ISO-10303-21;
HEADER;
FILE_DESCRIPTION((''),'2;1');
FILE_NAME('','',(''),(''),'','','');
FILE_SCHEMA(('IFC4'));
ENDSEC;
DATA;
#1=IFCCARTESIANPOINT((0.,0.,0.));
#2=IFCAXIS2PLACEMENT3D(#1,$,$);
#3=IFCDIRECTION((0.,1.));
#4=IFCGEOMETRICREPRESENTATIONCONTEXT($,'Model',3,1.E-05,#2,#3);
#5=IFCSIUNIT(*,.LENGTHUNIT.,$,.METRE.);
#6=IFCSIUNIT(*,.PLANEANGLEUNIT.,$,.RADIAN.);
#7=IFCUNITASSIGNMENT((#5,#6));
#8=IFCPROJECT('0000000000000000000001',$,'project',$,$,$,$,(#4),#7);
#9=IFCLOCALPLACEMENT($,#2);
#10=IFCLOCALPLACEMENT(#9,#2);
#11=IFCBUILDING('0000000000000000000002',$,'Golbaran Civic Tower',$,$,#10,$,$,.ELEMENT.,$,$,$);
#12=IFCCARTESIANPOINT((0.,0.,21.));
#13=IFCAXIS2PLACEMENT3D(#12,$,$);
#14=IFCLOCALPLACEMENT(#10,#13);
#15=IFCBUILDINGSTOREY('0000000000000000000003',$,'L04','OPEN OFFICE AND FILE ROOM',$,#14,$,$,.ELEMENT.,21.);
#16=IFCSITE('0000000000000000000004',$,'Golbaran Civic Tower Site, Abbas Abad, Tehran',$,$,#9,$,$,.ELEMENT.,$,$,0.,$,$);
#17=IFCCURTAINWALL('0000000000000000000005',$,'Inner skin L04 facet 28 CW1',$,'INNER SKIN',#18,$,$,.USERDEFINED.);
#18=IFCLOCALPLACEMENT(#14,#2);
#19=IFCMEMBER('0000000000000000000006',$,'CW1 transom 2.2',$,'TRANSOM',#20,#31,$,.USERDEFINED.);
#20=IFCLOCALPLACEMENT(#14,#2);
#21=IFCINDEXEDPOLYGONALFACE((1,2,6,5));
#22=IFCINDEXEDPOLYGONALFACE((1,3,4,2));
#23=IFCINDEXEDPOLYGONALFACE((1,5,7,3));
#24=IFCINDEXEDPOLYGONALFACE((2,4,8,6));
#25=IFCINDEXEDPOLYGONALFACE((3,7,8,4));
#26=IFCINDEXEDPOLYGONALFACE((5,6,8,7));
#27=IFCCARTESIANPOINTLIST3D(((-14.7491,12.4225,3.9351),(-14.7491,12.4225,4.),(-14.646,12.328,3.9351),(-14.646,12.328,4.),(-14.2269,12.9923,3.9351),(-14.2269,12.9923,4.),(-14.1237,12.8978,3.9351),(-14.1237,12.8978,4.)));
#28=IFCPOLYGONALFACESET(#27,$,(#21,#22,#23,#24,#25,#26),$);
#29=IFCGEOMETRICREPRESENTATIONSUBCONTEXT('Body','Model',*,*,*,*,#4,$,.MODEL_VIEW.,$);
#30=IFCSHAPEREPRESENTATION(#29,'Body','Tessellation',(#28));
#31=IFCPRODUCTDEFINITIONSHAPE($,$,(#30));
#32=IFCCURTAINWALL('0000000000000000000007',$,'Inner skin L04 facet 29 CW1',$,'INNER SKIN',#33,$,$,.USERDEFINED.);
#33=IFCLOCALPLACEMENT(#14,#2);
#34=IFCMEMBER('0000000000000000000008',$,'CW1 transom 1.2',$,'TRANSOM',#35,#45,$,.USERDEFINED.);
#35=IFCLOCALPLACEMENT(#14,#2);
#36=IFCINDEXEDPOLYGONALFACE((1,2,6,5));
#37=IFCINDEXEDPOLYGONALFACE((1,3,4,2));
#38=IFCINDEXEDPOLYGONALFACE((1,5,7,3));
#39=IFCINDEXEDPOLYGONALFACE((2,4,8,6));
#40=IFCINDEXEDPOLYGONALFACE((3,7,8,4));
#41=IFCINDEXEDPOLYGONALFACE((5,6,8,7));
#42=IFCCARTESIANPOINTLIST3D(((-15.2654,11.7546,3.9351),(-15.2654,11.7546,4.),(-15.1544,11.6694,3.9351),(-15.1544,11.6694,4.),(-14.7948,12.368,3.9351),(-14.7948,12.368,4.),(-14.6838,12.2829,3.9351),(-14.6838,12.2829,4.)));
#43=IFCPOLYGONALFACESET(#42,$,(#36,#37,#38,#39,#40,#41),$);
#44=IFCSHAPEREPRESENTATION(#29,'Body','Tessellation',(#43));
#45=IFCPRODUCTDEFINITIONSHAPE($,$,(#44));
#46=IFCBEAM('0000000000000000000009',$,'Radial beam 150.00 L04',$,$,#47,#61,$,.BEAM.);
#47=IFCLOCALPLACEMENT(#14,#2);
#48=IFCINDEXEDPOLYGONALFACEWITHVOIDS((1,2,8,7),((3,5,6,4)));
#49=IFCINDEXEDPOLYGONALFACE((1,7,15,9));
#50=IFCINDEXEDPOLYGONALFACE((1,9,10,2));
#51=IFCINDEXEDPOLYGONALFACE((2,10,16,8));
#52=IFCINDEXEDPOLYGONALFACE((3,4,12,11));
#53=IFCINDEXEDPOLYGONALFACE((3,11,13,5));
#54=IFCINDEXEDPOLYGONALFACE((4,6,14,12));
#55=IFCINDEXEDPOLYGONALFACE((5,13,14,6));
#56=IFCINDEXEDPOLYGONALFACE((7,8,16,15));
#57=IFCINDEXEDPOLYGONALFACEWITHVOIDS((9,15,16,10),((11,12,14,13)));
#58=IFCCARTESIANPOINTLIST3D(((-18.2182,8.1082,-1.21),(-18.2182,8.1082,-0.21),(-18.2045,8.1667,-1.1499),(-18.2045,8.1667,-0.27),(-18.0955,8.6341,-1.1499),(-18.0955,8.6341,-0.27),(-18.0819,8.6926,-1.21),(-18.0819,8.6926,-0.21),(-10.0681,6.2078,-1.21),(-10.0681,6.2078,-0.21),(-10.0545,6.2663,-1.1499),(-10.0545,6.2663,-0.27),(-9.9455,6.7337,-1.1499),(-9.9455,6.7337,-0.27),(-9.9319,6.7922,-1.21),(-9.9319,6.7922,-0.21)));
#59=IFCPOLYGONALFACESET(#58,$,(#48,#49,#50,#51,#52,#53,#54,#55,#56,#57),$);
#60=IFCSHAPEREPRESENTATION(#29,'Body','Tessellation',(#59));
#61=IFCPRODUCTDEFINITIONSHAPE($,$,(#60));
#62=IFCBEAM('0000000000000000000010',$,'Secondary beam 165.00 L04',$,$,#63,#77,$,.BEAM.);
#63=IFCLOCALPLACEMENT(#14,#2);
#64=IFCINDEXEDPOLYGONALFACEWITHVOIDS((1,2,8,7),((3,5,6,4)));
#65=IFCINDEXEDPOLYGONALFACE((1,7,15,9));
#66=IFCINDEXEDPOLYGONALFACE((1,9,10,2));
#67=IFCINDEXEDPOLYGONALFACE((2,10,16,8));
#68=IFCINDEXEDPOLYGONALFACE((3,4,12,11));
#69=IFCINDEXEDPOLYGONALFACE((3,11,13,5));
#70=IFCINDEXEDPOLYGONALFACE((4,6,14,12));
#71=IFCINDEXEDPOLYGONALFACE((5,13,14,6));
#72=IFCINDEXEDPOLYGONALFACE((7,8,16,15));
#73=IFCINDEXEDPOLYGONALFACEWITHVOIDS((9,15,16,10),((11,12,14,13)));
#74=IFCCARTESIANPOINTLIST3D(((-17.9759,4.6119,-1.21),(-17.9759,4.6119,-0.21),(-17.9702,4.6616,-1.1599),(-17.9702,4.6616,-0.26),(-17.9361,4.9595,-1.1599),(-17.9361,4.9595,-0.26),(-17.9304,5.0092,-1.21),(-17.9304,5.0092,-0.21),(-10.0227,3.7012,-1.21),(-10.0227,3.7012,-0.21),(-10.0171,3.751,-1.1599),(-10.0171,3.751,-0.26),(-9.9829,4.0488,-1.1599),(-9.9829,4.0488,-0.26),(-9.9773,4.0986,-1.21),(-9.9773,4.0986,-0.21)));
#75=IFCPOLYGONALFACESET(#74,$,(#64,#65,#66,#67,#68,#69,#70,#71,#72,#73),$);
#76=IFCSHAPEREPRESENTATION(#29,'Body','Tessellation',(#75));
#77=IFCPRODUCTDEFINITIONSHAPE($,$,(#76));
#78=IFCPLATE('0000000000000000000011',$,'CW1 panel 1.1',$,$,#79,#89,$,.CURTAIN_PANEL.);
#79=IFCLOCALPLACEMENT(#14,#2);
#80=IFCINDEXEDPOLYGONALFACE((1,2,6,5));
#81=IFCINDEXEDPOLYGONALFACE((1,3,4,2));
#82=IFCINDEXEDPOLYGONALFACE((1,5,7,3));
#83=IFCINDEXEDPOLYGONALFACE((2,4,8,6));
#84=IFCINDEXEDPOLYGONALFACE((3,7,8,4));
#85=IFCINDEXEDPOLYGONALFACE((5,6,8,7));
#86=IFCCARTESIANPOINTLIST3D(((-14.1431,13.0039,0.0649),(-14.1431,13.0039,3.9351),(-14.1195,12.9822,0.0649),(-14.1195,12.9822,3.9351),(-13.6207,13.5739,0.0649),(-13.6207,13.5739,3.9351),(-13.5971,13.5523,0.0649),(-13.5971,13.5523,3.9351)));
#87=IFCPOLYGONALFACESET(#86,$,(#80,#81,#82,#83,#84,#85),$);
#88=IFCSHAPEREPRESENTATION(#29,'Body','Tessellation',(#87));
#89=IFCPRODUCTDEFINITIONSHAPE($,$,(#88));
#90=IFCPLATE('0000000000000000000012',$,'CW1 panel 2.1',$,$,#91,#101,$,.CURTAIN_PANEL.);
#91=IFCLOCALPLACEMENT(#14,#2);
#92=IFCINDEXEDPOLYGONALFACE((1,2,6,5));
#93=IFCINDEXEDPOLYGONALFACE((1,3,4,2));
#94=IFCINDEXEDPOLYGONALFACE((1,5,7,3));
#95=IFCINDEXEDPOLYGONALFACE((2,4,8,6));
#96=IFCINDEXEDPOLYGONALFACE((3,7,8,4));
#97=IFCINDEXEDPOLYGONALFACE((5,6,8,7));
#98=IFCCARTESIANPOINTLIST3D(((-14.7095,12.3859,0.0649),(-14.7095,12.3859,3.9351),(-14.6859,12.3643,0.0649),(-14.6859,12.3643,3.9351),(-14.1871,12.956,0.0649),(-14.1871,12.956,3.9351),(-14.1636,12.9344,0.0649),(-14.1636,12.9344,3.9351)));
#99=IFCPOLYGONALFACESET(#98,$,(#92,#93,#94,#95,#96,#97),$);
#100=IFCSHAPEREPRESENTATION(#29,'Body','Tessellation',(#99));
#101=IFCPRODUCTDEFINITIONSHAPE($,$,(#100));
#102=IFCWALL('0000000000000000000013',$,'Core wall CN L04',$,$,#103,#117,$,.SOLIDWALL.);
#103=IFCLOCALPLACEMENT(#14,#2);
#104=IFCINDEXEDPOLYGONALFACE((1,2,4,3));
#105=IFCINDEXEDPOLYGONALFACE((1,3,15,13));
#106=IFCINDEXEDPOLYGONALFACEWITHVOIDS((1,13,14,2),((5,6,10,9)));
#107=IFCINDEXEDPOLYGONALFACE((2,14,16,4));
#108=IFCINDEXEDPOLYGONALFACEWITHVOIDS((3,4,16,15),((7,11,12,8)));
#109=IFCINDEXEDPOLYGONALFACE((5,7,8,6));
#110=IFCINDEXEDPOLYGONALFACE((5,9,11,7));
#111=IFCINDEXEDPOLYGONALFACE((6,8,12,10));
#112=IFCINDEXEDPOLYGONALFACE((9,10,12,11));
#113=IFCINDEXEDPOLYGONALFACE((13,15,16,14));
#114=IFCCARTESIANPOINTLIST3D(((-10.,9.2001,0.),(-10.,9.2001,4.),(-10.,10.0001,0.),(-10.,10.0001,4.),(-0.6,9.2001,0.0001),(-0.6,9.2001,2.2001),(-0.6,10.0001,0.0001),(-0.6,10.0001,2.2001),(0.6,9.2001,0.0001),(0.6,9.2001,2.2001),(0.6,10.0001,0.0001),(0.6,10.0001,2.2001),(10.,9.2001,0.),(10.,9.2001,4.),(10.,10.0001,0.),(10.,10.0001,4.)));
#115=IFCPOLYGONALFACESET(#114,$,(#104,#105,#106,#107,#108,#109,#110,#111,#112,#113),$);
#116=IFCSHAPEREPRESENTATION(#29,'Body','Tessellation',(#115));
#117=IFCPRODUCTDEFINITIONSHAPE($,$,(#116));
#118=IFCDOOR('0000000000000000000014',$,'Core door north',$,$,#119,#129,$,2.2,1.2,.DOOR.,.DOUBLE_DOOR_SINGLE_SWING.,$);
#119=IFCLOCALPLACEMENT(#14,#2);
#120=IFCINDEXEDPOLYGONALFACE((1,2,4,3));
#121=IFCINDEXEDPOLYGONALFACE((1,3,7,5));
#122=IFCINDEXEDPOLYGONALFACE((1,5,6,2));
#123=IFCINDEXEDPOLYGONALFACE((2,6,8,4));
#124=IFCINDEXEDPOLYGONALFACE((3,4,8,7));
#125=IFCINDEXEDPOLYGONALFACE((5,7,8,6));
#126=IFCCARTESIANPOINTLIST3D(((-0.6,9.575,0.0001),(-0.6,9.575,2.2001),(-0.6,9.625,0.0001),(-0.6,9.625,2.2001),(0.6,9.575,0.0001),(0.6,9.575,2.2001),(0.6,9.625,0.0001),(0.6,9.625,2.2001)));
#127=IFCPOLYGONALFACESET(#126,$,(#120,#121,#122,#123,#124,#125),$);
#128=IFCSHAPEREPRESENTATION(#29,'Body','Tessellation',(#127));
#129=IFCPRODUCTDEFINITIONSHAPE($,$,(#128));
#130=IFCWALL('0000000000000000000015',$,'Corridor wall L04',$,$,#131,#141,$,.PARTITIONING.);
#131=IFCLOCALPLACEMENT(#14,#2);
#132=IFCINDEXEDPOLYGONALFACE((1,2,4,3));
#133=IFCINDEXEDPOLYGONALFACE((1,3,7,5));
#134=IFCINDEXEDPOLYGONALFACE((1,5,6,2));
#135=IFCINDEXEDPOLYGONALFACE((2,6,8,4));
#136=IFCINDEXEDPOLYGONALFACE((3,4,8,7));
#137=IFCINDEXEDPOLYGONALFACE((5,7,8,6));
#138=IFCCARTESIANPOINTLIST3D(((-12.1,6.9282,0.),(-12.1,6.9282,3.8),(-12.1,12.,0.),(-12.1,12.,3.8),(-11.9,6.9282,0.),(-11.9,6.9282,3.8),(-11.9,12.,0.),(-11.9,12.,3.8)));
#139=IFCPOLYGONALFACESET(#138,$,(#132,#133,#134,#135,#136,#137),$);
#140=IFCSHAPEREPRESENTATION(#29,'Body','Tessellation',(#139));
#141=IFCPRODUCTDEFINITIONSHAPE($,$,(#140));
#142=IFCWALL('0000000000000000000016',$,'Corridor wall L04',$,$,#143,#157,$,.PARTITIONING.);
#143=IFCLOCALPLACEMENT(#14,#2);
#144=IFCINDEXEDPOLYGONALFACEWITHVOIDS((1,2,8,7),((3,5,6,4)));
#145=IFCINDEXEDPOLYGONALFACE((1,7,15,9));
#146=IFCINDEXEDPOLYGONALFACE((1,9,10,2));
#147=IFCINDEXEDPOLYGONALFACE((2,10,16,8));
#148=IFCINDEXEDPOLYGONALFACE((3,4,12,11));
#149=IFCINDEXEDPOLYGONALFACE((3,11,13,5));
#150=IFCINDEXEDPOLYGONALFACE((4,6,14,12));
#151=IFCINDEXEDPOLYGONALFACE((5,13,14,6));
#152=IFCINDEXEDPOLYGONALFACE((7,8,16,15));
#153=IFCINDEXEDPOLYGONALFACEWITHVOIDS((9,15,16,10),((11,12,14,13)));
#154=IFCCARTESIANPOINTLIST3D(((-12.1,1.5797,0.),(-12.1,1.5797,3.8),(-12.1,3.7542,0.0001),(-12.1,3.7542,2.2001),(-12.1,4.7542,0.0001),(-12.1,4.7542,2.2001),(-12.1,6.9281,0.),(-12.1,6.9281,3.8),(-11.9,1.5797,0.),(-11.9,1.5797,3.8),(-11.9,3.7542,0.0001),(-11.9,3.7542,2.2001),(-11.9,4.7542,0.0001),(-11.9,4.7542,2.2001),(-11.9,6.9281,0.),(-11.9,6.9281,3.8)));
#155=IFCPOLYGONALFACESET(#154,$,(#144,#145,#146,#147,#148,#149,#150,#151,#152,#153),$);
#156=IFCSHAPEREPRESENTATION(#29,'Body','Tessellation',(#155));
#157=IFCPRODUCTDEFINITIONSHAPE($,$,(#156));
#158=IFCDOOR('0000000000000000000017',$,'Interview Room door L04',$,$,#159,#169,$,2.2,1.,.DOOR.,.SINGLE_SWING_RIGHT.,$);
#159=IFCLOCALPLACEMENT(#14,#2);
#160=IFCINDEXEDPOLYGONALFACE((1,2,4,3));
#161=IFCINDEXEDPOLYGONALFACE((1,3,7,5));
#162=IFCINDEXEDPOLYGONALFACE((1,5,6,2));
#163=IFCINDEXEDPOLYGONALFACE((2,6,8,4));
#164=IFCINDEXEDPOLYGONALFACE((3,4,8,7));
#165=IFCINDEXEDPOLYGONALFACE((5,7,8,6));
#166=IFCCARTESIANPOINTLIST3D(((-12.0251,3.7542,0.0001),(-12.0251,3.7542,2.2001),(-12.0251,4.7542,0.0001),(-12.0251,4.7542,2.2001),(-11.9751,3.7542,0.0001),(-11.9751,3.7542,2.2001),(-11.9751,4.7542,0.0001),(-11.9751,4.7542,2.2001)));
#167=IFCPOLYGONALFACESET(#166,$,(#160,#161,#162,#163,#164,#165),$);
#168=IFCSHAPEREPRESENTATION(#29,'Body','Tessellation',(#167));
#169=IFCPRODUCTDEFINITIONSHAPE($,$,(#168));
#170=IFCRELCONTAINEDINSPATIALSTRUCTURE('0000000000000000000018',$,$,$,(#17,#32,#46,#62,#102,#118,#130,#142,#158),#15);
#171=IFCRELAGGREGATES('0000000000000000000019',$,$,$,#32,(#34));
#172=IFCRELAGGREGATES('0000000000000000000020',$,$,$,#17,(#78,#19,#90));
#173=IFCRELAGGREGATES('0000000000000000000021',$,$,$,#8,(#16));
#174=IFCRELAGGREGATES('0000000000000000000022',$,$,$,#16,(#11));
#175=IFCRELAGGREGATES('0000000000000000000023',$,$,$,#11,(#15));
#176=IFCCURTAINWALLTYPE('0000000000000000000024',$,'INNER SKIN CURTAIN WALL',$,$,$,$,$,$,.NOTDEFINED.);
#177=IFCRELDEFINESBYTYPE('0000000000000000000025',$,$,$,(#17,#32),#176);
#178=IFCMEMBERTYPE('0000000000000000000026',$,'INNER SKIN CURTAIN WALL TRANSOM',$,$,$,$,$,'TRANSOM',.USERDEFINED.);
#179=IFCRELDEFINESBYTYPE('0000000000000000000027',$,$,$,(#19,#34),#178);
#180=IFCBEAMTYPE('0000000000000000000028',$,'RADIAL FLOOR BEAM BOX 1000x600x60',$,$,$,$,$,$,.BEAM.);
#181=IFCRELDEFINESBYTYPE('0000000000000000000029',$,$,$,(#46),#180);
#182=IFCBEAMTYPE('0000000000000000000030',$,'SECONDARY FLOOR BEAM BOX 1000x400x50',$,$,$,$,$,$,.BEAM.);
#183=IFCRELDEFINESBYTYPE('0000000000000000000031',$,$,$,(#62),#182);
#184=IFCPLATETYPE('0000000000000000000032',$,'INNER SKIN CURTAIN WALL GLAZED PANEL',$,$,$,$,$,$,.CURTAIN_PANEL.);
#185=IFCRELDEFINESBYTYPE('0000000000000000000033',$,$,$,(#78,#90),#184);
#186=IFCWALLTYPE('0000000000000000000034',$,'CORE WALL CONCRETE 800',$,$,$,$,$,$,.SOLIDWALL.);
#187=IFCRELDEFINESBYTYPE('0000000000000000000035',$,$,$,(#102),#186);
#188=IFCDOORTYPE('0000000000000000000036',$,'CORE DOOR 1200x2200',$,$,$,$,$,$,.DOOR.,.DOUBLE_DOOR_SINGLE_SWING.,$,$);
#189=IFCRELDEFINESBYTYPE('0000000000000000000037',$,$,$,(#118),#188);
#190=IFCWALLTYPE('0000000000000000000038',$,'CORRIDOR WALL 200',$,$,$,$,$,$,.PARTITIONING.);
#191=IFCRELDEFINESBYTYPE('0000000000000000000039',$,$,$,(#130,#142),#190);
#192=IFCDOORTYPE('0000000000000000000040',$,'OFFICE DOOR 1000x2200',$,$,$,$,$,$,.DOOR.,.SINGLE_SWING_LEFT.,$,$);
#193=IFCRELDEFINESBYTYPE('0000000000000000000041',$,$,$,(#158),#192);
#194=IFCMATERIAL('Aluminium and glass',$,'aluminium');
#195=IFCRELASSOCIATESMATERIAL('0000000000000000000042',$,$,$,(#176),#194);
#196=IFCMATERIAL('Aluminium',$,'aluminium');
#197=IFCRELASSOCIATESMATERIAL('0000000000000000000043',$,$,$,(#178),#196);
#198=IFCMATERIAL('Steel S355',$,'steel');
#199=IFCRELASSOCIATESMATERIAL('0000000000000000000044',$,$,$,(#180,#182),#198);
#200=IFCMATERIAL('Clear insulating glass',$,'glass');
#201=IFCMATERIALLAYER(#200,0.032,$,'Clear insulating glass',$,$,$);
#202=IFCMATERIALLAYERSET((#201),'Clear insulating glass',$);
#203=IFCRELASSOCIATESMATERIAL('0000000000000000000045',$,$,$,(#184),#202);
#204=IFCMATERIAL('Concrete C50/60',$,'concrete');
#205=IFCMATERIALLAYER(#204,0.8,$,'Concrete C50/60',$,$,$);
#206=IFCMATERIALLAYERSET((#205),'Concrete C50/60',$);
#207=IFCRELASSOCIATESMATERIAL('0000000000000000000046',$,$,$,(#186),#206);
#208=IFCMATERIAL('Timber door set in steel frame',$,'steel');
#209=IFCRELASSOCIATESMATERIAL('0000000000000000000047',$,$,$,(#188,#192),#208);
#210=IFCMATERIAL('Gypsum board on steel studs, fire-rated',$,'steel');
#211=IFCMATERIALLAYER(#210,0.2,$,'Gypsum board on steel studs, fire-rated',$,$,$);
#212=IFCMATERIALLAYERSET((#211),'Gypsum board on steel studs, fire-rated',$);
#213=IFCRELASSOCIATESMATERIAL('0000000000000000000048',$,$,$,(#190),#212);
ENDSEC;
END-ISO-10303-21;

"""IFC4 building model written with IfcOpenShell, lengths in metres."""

from ifc_helpers import new_model, si_unit, direction, frame, frame_2d, origin, origin_2d, place, context, subcontext, project, spatial, rectangle, hollow_rectangle, extrude, material, layer, layer_set, material_profile, profile_set, type_object, element, fill, aggregate, save


model = new_model("IFC4")

# Units and contexts
model_context = context("Model", 3, precision=1e-05, world=origin(), true_north=direction((0.0, 1.0)))
body_context = subcontext(model_context, "Body", "Model", "MODEL_VIEW")
ifc_project = project(units=[si_unit("LENGTHUNIT", "METRE"), si_unit("PLANEANGLEUNIT", "RADIAN")], contexts=[model_context])

# Site, building, storey
site_placement = place(None, origin())
site = spatial("IfcSite", under=ifc_project, at=site_placement, Name="Golbaran Civic Tower Site, Abbas Abad, Tehran", CompositionType="ELEMENT", RefElevation=0.0)
building_placement = place(site_placement, origin())
building = spatial("IfcBuilding", under=site, at=building_placement, Name="Golbaran Civic Tower", CompositionType="ELEMENT")
storey_placement = place(building_placement, frame((0.0, 0.0, 21.0)))
storey = spatial("IfcBuildingStorey", under=building, at=storey_placement, Name="L04", Description="OPEN OFFICE AND FILE ROOM", CompositionType="ELEMENT", Elevation=21.0)

# Shared definitions
ifc_material_1 = material(Name="Steel S355", Category="steel")

# Curtain wall, member
ifc_material_2 = material(Name="Aluminium and glass", Category="aluminium")
curtain_wall_type = type_object("IfcCurtainWallType", Name="INNER SKIN CURTAIN WALL", PredefinedType="NOTDEFINED", material=ifc_material_2)
curtain_wall_1_placement = place(storey_placement, origin())
curtain_wall_1 = element("IfcCurtainWall", 1, at=curtain_wall_1_placement, inside=storey, type_object=curtain_wall_type, Name="Inner skin L04 facet 28 CW1", ObjectType="INNER SKIN", PredefinedType="USERDEFINED")
ifc_material_3 = material(Name="Aluminium", Category="aluminium")
ifc_material_profile_1 = material_profile(ifc_material_3, rectangle(XDim=0.1399, YDim=0.0649, at=origin_2d()), Name="INNER SKIN CURTAIN WALL TRANSOM")
ifc_profile_set_1 = profile_set([ifc_material_profile_1], Name="Aluminium")
member_type_1 = type_object("IfcMemberType", Name="INNER SKIN CURTAIN WALL TRANSOM", ElementType="TRANSOM", PredefinedType="USERDEFINED", material=ifc_profile_set_1)
member_1_placement = place(storey_placement, frame((-14.1753, 12.9451, 3.9675), z_axis=(-0.675639, -0.737233, 0.0), x_axis=(0.737233, -0.675639, 0.0)))
member_1 = element("IfcMember", 2, at=member_1_placement, type_object=member_type_1, Name="CW1 transom 2.2", ObjectType="TRANSOM", PredefinedType="USERDEFINED", context=body_context, shape_type="SweptSolid", body=[
    extrude(rectangle(XDim=0.1399, YDim=0.0649, at=origin_2d()), origin(), (0.0, 0.0, 1.0), 0.7729),
])

# Curtain wall, member
curtain_wall_2_placement = place(storey_placement, origin())
curtain_wall_2 = element("IfcCurtainWall", 3, at=curtain_wall_2_placement, inside=storey, type_object=curtain_wall_type, Name="Inner skin L04 facet 29 CW1", ObjectType="INNER SKIN", PredefinedType="USERDEFINED")
member_2_placement = place(storey_placement, frame((-14.7393, 12.3254, 3.9675), z_axis=(-0.608703, -0.793398, 0.0), x_axis=(0.793398, -0.608703, 0.0)))
member_2 = element("IfcMember", 4, at=member_2_placement, type_object=member_type_1, Name="CW1 transom 1.2", ObjectType="TRANSOM", PredefinedType="USERDEFINED", context=body_context, shape_type="SweptSolid", body=[
    extrude(rectangle(XDim=0.1399, YDim=0.0649, at=origin_2d()), origin(), (0.0, 0.0, 1.0), 0.7732),
])
aggregate(curtain_wall_2, [member_2])

# Beams
ifc_material_profile_2 = material_profile(ifc_material_1, hollow_rectangle(XDim=0.6001, YDim=1.0, WallThickness=0.0601, at=origin_2d()), Name="BOX 1000x600x60")
ifc_profile_set_2 = profile_set([ifc_material_profile_2], Name="Steel S355")
beam_type_1 = type_object("IfcBeamType", Name="RADIAL FLOOR BEAM BOX 1000x600x60", PredefinedType="BEAM", material=ifc_profile_set_2)
beam_1_placement = place(storey_placement, frame((-10.0, 6.5, -0.71), z_axis=(-0.973874, 0.227088, 0.0), x_axis=(-0.227088, -0.973874, 0.0)))
element("IfcBeam", 5, at=beam_1_placement, inside=storey, type_object=beam_type_1, Name="Radial beam 150.00 L04", PredefinedType="BEAM", context=body_context, shape_type="SweptSolid", body=[
    extrude(hollow_rectangle(XDim=0.6001, YDim=1.0, WallThickness=0.0601, at=origin_2d()), origin(), (0.0, 0.0, 1.0), 8.3687),
])
ifc_material_profile_3 = material_profile(ifc_material_1, hollow_rectangle(XDim=0.3999, YDim=1.0, WallThickness=0.05, at=origin_2d()), Name="BOX 1000x400x50")
ifc_profile_set_3 = profile_set([ifc_material_profile_3], Name="Steel S355")
beam_type_2 = type_object("IfcBeamType", Name="SECONDARY FLOOR BEAM BOX 1000x400x50", PredefinedType="BEAM", material=ifc_profile_set_3)
beam_2_placement = place(storey_placement, frame((-10.0, 3.8999, -0.71), z_axis=(-0.993508, 0.113758, 0.0), x_axis=(-0.113758, -0.993508, 0.0)))
element("IfcBeam", 6, at=beam_2_placement, inside=storey, type_object=beam_type_2, Name="Secondary beam 165.00 L04", PredefinedType="BEAM", context=body_context, shape_type="SweptSolid", body=[
    extrude(hollow_rectangle(XDim=0.3999, YDim=1.0, WallThickness=0.05, at=origin_2d()), origin(), (0.0, 0.0, 1.0), 8.0051),
])

# Plates
ifc_material_4 = material(Name="Clear insulating glass", Category="glass")
ifc_layer_1 = layer(ifc_material_4, 0.032, Name="Clear insulating glass")
ifc_layer_set_1 = layer_set([ifc_layer_1], Name="Clear insulating glass")
plate_type = type_object("IfcPlateType", Name="INNER SKIN CURTAIN WALL GLAZED PANEL", PredefinedType="CURTAIN_PANEL", material=ifc_layer_set_1)
plate_1_placement = place(storey_placement, frame((-13.8701, 13.2781, 0.0649), z_axis=(0.0, 0.0, 1.0), x_axis=(-0.67559, -0.737277, 0.0)))
plate_1 = element("IfcPlate", 7, at=plate_1_placement, type_object=plate_type, Name="CW1 panel 1.1", PredefinedType="CURTAIN_PANEL", context=body_context, shape_type="SweptSolid", body=[
    extrude(rectangle(XDim=0.7732, YDim=0.032, at=origin_2d()), origin(), (0.0, 0.0, 1.0), 3.8701),
])
plate_2_placement = place(storey_placement, frame((-14.4365, 12.6602, 0.0649), z_axis=(0.0, 0.0, 1.0), x_axis=(-0.67559, -0.737277, 0.0)))
plate_2 = element("IfcPlate", 8, at=plate_2_placement, type_object=plate_type, Name="CW1 panel 2.1", PredefinedType="CURTAIN_PANEL", context=body_context, shape_type="SweptSolid", body=[
    extrude(rectangle(XDim=0.7732, YDim=0.032, at=origin_2d()), origin(), (0.0, 0.0, 1.0), 3.8701),
])
aggregate(curtain_wall_1, [plate_1, member_1, plate_2])

# Wall, opening, door
ifc_material_5 = material(Name="Concrete C50/60", Category="concrete")
ifc_layer_2 = layer(ifc_material_5, 0.8, Name="Concrete C50/60")
ifc_layer_set_2 = layer_set([ifc_layer_2], Name="Concrete C50/60")
wall_type_1 = type_object("IfcWallType", Name="CORE WALL CONCRETE 800", PredefinedType="SOLIDWALL", material=ifc_layer_set_2)
wall_1_placement = place(storey_placement, frame((-10.0, 9.6001, 0.0), z_axis=(0.0, 0.0, 1.0), x_axis=(1.0, 0.0, 0.0)))
wall_1 = element("IfcWall", 9, at=wall_1_placement, inside=storey, type_object=wall_type_1, Name="Core wall CN L04", PredefinedType="SOLIDWALL", context=body_context, shape_type="SweptSolid", body=[
    extrude(rectangle(XDim=20.0, YDim=0.8, at=frame_2d((10.0, 0.0))), origin(), (0.0, 0.0, 1.0), 4.0),
])
opening_1_placement = place(wall_1_placement, frame((9.3999, 0.0, 0.0)))
opening_1 = element("IfcOpeningElement", 10, at=opening_1_placement, cuts=wall_1, PredefinedType="OPENING", context=body_context, shape_type="SweptSolid", body=[
    extrude(rectangle(XDim=1.2, YDim=2.2, at=frame_2d((0.6001, 1.1001))), frame((0.0, 0.4099, 0.0), z_axis=(0.0, -1.0, 0.0), x_axis=(1.0, 0.0, 0.0)), (0.0, 0.0, 1.0), 0.8201),
])
ifc_material_6 = material(Name="Timber door set in steel frame", Category="steel")
door_type_1 = type_object("IfcDoorType", Name="CORE DOOR 1200x2200", OperationType="DOUBLE_DOOR_SINGLE_SWING", PredefinedType="DOOR", material=ifc_material_6)
door_1_placement = place(opening_1_placement, origin())
door_1 = element("IfcDoor", 11, at=door_1_placement, inside=storey, type_object=door_type_1, Name="Core door north", OperationType="DOUBLE_DOOR_SINGLE_SWING", OverallHeight=2.2, OverallWidth=1.2, PredefinedType="DOOR", context=body_context, shape_type="SweptSolid", body=[
    extrude(rectangle(XDim=1.2, YDim=2.2, at=frame_2d((0.6001, 1.1001))), frame((0.0, 0.0249, 0.0), z_axis=(0.0, -1.0, 0.0), x_axis=(1.0, 0.0, 0.0)), (0.0, 0.0, 1.0), 0.05),
])
fill(opening_1, door_1)

# Wall
ifc_material_7 = material(Name="Gypsum board on steel studs, fire-rated", Category="steel")
ifc_layer_3 = layer(ifc_material_7, 0.2, Name="Gypsum board on steel studs, fire-rated")
ifc_layer_set_3 = layer_set([ifc_layer_3], Name="Gypsum board on steel studs, fire-rated")
wall_type_2 = type_object("IfcWallType", Name="CORRIDOR WALL 200", PredefinedType="PARTITIONING", material=ifc_layer_set_3)
wall_2_placement = place(storey_placement, frame((-12.0, 12.0, 0.0), z_axis=(0.0, 0.0, 1.0), x_axis=(0.0, -1.0, 0.0)))
element("IfcWall", 12, at=wall_2_placement, inside=storey, type_object=wall_type_2, Name="Corridor wall L04", PredefinedType="PARTITIONING", context=body_context, shape_type="SweptSolid", body=[
    extrude(rectangle(XDim=5.0718, YDim=0.2, at=frame_2d((2.5359, 0.0))), origin(), (0.0, 0.0, 1.0), 3.8),
])

# Wall, opening, door
wall_3_placement = place(storey_placement, frame((-12.0, 6.9282, 0.0), z_axis=(0.0, 0.0, 1.0), x_axis=(0.0, -1.0, 0.0)))
wall_3 = element("IfcWall", 13, at=wall_3_placement, inside=storey, type_object=wall_type_2, Name="Corridor wall L04", PredefinedType="PARTITIONING", context=body_context, shape_type="SweptSolid", body=[
    extrude(rectangle(XDim=5.3484, YDim=0.2, at=frame_2d((2.6743, 0.0))), origin(), (0.0, 0.0, 1.0), 3.8),
])
opening_2_placement = place(wall_3_placement, frame((2.1741, 0.0, 0.0)))
opening_2 = element("IfcOpeningElement", 14, at=opening_2_placement, cuts=wall_3, PredefinedType="OPENING", context=body_context, shape_type="SweptSolid", body=[
    extrude(rectangle(XDim=1.0, YDim=2.2, at=frame_2d((0.5, 1.1001))), frame((0.0, 0.1099, 0.0), z_axis=(0.0, -1.0, 0.0), x_axis=(1.0, 0.0, 0.0)), (0.0, 0.0, 1.0), 0.22),
])
door_type_2 = type_object("IfcDoorType", Name="OFFICE DOOR 1000x2200", OperationType="SINGLE_SWING_LEFT", PredefinedType="DOOR", material=ifc_material_6)
door_2_placement = place(opening_2_placement, origin())
door_2 = element("IfcDoor", 15, at=door_2_placement, inside=storey, type_object=door_type_2, Name="Interview Room door L04", OperationType="SINGLE_SWING_RIGHT", OverallHeight=2.2, OverallWidth=1.0, PredefinedType="DOOR", context=body_context, shape_type="SweptSolid", body=[
    extrude(rectangle(XDim=1.0, YDim=2.2, at=frame_2d((0.5, 1.1001))), frame((0.0, 0.0249, 0.0), z_axis=(0.0, -1.0, 0.0), x_axis=(1.0, 0.0, 0.0)), (0.0, 0.0, 1.0), 0.05),
])
fill(opening_2, door_2)

save(model, "model.ifc")
